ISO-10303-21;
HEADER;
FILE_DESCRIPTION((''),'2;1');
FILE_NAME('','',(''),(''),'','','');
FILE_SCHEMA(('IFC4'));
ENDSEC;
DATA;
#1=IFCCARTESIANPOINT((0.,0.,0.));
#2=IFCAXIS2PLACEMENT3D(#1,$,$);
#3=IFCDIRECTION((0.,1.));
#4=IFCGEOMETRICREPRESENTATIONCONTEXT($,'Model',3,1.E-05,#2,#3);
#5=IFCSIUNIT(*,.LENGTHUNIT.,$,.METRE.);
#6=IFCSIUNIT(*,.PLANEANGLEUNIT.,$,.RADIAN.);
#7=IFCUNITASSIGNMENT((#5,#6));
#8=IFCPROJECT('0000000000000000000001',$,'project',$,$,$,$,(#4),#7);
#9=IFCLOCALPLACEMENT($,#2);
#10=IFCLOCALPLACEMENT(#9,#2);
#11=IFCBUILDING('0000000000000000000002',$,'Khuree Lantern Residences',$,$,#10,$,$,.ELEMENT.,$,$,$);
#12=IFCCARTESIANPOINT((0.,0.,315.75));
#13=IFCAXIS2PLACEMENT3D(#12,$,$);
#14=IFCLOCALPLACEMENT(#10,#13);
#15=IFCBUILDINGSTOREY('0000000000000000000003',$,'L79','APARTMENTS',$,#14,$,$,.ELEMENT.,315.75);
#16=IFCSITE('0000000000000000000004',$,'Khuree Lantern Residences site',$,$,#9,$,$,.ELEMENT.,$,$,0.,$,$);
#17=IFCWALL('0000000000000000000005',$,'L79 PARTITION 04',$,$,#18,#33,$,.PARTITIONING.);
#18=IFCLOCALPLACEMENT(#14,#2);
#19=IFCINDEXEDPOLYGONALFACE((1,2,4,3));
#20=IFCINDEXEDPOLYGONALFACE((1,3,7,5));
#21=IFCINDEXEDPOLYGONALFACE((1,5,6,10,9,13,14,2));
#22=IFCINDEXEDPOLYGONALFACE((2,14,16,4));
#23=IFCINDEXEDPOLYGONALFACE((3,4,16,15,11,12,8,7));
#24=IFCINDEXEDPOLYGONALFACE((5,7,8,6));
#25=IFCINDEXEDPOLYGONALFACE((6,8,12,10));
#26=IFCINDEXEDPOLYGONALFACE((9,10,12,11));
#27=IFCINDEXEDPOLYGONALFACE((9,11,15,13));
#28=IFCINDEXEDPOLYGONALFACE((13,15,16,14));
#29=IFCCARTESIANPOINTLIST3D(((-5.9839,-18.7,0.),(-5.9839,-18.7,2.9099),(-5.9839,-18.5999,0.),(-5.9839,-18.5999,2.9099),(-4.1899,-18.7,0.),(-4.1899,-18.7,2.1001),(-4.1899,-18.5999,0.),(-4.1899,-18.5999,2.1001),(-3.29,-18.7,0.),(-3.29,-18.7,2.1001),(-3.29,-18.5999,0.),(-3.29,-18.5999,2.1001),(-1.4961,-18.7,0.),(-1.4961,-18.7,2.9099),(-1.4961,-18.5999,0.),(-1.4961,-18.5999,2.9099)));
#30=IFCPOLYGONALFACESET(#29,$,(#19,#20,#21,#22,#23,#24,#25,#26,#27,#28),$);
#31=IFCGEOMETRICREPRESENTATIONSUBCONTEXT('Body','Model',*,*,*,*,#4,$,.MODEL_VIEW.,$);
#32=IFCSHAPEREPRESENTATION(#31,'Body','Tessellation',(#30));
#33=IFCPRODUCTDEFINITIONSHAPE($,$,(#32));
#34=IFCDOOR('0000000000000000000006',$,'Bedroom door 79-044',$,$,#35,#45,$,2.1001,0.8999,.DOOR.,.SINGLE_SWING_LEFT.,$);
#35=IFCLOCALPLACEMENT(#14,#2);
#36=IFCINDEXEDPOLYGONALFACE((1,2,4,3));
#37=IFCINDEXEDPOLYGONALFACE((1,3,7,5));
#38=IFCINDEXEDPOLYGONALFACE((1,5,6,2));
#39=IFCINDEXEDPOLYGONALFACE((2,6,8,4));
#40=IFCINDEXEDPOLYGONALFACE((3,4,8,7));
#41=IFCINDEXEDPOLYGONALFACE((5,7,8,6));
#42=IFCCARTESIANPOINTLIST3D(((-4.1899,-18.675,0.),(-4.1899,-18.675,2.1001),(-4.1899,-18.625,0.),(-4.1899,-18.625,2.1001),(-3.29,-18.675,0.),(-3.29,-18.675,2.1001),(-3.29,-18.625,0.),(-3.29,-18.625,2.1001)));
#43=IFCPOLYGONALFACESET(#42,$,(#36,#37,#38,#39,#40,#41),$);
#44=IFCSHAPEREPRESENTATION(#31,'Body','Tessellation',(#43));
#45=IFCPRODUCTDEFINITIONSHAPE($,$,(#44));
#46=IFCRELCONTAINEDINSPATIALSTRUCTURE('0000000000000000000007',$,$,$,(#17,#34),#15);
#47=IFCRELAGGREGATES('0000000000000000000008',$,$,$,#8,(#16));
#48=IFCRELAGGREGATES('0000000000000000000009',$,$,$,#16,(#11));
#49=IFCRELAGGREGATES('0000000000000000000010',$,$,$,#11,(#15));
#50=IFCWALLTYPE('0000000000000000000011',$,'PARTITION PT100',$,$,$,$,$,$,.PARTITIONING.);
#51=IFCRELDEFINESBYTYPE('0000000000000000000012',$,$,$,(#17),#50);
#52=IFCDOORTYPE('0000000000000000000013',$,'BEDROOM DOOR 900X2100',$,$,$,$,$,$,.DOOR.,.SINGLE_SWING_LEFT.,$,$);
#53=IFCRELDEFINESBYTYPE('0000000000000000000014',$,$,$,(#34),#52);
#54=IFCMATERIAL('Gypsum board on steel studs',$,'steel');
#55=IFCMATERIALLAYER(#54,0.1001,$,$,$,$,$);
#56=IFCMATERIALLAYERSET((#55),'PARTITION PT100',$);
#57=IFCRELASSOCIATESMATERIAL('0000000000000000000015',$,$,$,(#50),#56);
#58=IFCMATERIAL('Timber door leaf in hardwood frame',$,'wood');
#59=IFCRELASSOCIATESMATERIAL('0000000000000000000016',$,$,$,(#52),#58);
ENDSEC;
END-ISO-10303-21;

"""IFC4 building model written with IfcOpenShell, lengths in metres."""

from ifc_helpers import new_model, si_unit, direction, frame, frame_2d, origin, place, context, subcontext, project, spatial, rectangle, extrude, material, layer, layer_set, type_object, element, fill, save


model = new_model("IFC4")

# Units and contexts
model_context = context("Model", 3, precision=1e-05, world=origin(), true_north=direction((0.0, 1.0)))
body_context = subcontext(model_context, "Body", "Model", "MODEL_VIEW")
ifc_project = project(units=[si_unit("LENGTHUNIT", "METRE"), si_unit("PLANEANGLEUNIT", "RADIAN")], contexts=[model_context])

# Site, building, storey
site_placement = place(None, origin())
site = spatial("IfcSite", under=ifc_project, at=site_placement, Name="Khuree Lantern Residences site", CompositionType="ELEMENT", RefElevation=0.0)
building_placement = place(site_placement, origin())
building = spatial("IfcBuilding", under=site, at=building_placement, Name="Khuree Lantern Residences", CompositionType="ELEMENT")
storey_placement = place(building_placement, frame((0.0, 0.0, 315.75)))
storey = spatial("IfcBuildingStorey", under=building, at=storey_placement, Name="L79", Description="APARTMENTS", CompositionType="ELEMENT", Elevation=315.75)

# Shared definitions
ifc_material_1 = material(Name="Gypsum board on steel studs", Category="steel")
ifc_layer_1 = layer(ifc_material_1, 0.1001)
ifc_layer_set_1 = layer_set([ifc_layer_1], Name="PARTITION PT100")
wall_type = type_object("IfcWallType", Name="PARTITION PT100", PredefinedType="PARTITIONING", material=ifc_layer_set_1)

# Shared definitions
ifc_material_2 = material(Name="Timber door leaf in hardwood frame", Category="wood")
door_type_1 = type_object("IfcDoorType", Name="BEDROOM DOOR 900X2100", OperationType="SINGLE_SWING_LEFT", PredefinedType="DOOR", material=ifc_material_2)

# Wall, opening, door
wall_1_placement = place(storey_placement, frame((-5.9839, -18.6499, 0.0), z_axis=(0.0, 0.0, 1.0), x_axis=(1.0, 0.0, 0.0)))
wall_1 = element("IfcWall", 1, at=wall_1_placement, inside=storey, type_object=wall_type, Name="L79 PARTITION 04", PredefinedType="PARTITIONING", context=body_context, shape_type="SweptSolid", body=[
    extrude(rectangle(XDim=4.4878, YDim=0.1001, at=frame_2d((2.2439, 0.0))), origin(), (0.0, 0.0, 1.0), 2.9099),
])
opening_1_placement = place(wall_1_placement, frame((1.7939, 0.0, 0.0)))
opening_1 = element("IfcOpeningElement", 2, at=opening_1_placement, cuts=wall_1, PredefinedType="OPENING", context=body_context, shape_type="SweptSolid", body=[
    extrude(rectangle(XDim=0.8999, YDim=2.1001, at=frame_2d((0.45, 1.05))), frame((0.0, 0.0601, 0.0), z_axis=(0.0, -1.0, 0.0), x_axis=(1.0, 0.0, 0.0)), (0.0, 0.0, 1.0), 0.1201),
])
door_1_placement = place(opening_1_placement, origin())
door_1 = element("IfcDoor", 3, at=door_1_placement, inside=storey, type_object=door_type_1, Name="Bedroom door 79-044", OperationType="SINGLE_SWING_LEFT", OverallHeight=2.1001, OverallWidth=0.8999, PredefinedType="DOOR", context=body_context, shape_type="SweptSolid", body=[
    extrude(rectangle(XDim=0.8999, YDim=2.1001, at=frame_2d((0.45, 1.05))), frame((0.0, 0.0249, 0.0), z_axis=(0.0, -1.0, 0.0), x_axis=(1.0, 0.0, 0.0)), (0.0, 0.0, 1.0), 0.05),
])
fill(opening_1, door_1)

save(model, "model.ifc")
